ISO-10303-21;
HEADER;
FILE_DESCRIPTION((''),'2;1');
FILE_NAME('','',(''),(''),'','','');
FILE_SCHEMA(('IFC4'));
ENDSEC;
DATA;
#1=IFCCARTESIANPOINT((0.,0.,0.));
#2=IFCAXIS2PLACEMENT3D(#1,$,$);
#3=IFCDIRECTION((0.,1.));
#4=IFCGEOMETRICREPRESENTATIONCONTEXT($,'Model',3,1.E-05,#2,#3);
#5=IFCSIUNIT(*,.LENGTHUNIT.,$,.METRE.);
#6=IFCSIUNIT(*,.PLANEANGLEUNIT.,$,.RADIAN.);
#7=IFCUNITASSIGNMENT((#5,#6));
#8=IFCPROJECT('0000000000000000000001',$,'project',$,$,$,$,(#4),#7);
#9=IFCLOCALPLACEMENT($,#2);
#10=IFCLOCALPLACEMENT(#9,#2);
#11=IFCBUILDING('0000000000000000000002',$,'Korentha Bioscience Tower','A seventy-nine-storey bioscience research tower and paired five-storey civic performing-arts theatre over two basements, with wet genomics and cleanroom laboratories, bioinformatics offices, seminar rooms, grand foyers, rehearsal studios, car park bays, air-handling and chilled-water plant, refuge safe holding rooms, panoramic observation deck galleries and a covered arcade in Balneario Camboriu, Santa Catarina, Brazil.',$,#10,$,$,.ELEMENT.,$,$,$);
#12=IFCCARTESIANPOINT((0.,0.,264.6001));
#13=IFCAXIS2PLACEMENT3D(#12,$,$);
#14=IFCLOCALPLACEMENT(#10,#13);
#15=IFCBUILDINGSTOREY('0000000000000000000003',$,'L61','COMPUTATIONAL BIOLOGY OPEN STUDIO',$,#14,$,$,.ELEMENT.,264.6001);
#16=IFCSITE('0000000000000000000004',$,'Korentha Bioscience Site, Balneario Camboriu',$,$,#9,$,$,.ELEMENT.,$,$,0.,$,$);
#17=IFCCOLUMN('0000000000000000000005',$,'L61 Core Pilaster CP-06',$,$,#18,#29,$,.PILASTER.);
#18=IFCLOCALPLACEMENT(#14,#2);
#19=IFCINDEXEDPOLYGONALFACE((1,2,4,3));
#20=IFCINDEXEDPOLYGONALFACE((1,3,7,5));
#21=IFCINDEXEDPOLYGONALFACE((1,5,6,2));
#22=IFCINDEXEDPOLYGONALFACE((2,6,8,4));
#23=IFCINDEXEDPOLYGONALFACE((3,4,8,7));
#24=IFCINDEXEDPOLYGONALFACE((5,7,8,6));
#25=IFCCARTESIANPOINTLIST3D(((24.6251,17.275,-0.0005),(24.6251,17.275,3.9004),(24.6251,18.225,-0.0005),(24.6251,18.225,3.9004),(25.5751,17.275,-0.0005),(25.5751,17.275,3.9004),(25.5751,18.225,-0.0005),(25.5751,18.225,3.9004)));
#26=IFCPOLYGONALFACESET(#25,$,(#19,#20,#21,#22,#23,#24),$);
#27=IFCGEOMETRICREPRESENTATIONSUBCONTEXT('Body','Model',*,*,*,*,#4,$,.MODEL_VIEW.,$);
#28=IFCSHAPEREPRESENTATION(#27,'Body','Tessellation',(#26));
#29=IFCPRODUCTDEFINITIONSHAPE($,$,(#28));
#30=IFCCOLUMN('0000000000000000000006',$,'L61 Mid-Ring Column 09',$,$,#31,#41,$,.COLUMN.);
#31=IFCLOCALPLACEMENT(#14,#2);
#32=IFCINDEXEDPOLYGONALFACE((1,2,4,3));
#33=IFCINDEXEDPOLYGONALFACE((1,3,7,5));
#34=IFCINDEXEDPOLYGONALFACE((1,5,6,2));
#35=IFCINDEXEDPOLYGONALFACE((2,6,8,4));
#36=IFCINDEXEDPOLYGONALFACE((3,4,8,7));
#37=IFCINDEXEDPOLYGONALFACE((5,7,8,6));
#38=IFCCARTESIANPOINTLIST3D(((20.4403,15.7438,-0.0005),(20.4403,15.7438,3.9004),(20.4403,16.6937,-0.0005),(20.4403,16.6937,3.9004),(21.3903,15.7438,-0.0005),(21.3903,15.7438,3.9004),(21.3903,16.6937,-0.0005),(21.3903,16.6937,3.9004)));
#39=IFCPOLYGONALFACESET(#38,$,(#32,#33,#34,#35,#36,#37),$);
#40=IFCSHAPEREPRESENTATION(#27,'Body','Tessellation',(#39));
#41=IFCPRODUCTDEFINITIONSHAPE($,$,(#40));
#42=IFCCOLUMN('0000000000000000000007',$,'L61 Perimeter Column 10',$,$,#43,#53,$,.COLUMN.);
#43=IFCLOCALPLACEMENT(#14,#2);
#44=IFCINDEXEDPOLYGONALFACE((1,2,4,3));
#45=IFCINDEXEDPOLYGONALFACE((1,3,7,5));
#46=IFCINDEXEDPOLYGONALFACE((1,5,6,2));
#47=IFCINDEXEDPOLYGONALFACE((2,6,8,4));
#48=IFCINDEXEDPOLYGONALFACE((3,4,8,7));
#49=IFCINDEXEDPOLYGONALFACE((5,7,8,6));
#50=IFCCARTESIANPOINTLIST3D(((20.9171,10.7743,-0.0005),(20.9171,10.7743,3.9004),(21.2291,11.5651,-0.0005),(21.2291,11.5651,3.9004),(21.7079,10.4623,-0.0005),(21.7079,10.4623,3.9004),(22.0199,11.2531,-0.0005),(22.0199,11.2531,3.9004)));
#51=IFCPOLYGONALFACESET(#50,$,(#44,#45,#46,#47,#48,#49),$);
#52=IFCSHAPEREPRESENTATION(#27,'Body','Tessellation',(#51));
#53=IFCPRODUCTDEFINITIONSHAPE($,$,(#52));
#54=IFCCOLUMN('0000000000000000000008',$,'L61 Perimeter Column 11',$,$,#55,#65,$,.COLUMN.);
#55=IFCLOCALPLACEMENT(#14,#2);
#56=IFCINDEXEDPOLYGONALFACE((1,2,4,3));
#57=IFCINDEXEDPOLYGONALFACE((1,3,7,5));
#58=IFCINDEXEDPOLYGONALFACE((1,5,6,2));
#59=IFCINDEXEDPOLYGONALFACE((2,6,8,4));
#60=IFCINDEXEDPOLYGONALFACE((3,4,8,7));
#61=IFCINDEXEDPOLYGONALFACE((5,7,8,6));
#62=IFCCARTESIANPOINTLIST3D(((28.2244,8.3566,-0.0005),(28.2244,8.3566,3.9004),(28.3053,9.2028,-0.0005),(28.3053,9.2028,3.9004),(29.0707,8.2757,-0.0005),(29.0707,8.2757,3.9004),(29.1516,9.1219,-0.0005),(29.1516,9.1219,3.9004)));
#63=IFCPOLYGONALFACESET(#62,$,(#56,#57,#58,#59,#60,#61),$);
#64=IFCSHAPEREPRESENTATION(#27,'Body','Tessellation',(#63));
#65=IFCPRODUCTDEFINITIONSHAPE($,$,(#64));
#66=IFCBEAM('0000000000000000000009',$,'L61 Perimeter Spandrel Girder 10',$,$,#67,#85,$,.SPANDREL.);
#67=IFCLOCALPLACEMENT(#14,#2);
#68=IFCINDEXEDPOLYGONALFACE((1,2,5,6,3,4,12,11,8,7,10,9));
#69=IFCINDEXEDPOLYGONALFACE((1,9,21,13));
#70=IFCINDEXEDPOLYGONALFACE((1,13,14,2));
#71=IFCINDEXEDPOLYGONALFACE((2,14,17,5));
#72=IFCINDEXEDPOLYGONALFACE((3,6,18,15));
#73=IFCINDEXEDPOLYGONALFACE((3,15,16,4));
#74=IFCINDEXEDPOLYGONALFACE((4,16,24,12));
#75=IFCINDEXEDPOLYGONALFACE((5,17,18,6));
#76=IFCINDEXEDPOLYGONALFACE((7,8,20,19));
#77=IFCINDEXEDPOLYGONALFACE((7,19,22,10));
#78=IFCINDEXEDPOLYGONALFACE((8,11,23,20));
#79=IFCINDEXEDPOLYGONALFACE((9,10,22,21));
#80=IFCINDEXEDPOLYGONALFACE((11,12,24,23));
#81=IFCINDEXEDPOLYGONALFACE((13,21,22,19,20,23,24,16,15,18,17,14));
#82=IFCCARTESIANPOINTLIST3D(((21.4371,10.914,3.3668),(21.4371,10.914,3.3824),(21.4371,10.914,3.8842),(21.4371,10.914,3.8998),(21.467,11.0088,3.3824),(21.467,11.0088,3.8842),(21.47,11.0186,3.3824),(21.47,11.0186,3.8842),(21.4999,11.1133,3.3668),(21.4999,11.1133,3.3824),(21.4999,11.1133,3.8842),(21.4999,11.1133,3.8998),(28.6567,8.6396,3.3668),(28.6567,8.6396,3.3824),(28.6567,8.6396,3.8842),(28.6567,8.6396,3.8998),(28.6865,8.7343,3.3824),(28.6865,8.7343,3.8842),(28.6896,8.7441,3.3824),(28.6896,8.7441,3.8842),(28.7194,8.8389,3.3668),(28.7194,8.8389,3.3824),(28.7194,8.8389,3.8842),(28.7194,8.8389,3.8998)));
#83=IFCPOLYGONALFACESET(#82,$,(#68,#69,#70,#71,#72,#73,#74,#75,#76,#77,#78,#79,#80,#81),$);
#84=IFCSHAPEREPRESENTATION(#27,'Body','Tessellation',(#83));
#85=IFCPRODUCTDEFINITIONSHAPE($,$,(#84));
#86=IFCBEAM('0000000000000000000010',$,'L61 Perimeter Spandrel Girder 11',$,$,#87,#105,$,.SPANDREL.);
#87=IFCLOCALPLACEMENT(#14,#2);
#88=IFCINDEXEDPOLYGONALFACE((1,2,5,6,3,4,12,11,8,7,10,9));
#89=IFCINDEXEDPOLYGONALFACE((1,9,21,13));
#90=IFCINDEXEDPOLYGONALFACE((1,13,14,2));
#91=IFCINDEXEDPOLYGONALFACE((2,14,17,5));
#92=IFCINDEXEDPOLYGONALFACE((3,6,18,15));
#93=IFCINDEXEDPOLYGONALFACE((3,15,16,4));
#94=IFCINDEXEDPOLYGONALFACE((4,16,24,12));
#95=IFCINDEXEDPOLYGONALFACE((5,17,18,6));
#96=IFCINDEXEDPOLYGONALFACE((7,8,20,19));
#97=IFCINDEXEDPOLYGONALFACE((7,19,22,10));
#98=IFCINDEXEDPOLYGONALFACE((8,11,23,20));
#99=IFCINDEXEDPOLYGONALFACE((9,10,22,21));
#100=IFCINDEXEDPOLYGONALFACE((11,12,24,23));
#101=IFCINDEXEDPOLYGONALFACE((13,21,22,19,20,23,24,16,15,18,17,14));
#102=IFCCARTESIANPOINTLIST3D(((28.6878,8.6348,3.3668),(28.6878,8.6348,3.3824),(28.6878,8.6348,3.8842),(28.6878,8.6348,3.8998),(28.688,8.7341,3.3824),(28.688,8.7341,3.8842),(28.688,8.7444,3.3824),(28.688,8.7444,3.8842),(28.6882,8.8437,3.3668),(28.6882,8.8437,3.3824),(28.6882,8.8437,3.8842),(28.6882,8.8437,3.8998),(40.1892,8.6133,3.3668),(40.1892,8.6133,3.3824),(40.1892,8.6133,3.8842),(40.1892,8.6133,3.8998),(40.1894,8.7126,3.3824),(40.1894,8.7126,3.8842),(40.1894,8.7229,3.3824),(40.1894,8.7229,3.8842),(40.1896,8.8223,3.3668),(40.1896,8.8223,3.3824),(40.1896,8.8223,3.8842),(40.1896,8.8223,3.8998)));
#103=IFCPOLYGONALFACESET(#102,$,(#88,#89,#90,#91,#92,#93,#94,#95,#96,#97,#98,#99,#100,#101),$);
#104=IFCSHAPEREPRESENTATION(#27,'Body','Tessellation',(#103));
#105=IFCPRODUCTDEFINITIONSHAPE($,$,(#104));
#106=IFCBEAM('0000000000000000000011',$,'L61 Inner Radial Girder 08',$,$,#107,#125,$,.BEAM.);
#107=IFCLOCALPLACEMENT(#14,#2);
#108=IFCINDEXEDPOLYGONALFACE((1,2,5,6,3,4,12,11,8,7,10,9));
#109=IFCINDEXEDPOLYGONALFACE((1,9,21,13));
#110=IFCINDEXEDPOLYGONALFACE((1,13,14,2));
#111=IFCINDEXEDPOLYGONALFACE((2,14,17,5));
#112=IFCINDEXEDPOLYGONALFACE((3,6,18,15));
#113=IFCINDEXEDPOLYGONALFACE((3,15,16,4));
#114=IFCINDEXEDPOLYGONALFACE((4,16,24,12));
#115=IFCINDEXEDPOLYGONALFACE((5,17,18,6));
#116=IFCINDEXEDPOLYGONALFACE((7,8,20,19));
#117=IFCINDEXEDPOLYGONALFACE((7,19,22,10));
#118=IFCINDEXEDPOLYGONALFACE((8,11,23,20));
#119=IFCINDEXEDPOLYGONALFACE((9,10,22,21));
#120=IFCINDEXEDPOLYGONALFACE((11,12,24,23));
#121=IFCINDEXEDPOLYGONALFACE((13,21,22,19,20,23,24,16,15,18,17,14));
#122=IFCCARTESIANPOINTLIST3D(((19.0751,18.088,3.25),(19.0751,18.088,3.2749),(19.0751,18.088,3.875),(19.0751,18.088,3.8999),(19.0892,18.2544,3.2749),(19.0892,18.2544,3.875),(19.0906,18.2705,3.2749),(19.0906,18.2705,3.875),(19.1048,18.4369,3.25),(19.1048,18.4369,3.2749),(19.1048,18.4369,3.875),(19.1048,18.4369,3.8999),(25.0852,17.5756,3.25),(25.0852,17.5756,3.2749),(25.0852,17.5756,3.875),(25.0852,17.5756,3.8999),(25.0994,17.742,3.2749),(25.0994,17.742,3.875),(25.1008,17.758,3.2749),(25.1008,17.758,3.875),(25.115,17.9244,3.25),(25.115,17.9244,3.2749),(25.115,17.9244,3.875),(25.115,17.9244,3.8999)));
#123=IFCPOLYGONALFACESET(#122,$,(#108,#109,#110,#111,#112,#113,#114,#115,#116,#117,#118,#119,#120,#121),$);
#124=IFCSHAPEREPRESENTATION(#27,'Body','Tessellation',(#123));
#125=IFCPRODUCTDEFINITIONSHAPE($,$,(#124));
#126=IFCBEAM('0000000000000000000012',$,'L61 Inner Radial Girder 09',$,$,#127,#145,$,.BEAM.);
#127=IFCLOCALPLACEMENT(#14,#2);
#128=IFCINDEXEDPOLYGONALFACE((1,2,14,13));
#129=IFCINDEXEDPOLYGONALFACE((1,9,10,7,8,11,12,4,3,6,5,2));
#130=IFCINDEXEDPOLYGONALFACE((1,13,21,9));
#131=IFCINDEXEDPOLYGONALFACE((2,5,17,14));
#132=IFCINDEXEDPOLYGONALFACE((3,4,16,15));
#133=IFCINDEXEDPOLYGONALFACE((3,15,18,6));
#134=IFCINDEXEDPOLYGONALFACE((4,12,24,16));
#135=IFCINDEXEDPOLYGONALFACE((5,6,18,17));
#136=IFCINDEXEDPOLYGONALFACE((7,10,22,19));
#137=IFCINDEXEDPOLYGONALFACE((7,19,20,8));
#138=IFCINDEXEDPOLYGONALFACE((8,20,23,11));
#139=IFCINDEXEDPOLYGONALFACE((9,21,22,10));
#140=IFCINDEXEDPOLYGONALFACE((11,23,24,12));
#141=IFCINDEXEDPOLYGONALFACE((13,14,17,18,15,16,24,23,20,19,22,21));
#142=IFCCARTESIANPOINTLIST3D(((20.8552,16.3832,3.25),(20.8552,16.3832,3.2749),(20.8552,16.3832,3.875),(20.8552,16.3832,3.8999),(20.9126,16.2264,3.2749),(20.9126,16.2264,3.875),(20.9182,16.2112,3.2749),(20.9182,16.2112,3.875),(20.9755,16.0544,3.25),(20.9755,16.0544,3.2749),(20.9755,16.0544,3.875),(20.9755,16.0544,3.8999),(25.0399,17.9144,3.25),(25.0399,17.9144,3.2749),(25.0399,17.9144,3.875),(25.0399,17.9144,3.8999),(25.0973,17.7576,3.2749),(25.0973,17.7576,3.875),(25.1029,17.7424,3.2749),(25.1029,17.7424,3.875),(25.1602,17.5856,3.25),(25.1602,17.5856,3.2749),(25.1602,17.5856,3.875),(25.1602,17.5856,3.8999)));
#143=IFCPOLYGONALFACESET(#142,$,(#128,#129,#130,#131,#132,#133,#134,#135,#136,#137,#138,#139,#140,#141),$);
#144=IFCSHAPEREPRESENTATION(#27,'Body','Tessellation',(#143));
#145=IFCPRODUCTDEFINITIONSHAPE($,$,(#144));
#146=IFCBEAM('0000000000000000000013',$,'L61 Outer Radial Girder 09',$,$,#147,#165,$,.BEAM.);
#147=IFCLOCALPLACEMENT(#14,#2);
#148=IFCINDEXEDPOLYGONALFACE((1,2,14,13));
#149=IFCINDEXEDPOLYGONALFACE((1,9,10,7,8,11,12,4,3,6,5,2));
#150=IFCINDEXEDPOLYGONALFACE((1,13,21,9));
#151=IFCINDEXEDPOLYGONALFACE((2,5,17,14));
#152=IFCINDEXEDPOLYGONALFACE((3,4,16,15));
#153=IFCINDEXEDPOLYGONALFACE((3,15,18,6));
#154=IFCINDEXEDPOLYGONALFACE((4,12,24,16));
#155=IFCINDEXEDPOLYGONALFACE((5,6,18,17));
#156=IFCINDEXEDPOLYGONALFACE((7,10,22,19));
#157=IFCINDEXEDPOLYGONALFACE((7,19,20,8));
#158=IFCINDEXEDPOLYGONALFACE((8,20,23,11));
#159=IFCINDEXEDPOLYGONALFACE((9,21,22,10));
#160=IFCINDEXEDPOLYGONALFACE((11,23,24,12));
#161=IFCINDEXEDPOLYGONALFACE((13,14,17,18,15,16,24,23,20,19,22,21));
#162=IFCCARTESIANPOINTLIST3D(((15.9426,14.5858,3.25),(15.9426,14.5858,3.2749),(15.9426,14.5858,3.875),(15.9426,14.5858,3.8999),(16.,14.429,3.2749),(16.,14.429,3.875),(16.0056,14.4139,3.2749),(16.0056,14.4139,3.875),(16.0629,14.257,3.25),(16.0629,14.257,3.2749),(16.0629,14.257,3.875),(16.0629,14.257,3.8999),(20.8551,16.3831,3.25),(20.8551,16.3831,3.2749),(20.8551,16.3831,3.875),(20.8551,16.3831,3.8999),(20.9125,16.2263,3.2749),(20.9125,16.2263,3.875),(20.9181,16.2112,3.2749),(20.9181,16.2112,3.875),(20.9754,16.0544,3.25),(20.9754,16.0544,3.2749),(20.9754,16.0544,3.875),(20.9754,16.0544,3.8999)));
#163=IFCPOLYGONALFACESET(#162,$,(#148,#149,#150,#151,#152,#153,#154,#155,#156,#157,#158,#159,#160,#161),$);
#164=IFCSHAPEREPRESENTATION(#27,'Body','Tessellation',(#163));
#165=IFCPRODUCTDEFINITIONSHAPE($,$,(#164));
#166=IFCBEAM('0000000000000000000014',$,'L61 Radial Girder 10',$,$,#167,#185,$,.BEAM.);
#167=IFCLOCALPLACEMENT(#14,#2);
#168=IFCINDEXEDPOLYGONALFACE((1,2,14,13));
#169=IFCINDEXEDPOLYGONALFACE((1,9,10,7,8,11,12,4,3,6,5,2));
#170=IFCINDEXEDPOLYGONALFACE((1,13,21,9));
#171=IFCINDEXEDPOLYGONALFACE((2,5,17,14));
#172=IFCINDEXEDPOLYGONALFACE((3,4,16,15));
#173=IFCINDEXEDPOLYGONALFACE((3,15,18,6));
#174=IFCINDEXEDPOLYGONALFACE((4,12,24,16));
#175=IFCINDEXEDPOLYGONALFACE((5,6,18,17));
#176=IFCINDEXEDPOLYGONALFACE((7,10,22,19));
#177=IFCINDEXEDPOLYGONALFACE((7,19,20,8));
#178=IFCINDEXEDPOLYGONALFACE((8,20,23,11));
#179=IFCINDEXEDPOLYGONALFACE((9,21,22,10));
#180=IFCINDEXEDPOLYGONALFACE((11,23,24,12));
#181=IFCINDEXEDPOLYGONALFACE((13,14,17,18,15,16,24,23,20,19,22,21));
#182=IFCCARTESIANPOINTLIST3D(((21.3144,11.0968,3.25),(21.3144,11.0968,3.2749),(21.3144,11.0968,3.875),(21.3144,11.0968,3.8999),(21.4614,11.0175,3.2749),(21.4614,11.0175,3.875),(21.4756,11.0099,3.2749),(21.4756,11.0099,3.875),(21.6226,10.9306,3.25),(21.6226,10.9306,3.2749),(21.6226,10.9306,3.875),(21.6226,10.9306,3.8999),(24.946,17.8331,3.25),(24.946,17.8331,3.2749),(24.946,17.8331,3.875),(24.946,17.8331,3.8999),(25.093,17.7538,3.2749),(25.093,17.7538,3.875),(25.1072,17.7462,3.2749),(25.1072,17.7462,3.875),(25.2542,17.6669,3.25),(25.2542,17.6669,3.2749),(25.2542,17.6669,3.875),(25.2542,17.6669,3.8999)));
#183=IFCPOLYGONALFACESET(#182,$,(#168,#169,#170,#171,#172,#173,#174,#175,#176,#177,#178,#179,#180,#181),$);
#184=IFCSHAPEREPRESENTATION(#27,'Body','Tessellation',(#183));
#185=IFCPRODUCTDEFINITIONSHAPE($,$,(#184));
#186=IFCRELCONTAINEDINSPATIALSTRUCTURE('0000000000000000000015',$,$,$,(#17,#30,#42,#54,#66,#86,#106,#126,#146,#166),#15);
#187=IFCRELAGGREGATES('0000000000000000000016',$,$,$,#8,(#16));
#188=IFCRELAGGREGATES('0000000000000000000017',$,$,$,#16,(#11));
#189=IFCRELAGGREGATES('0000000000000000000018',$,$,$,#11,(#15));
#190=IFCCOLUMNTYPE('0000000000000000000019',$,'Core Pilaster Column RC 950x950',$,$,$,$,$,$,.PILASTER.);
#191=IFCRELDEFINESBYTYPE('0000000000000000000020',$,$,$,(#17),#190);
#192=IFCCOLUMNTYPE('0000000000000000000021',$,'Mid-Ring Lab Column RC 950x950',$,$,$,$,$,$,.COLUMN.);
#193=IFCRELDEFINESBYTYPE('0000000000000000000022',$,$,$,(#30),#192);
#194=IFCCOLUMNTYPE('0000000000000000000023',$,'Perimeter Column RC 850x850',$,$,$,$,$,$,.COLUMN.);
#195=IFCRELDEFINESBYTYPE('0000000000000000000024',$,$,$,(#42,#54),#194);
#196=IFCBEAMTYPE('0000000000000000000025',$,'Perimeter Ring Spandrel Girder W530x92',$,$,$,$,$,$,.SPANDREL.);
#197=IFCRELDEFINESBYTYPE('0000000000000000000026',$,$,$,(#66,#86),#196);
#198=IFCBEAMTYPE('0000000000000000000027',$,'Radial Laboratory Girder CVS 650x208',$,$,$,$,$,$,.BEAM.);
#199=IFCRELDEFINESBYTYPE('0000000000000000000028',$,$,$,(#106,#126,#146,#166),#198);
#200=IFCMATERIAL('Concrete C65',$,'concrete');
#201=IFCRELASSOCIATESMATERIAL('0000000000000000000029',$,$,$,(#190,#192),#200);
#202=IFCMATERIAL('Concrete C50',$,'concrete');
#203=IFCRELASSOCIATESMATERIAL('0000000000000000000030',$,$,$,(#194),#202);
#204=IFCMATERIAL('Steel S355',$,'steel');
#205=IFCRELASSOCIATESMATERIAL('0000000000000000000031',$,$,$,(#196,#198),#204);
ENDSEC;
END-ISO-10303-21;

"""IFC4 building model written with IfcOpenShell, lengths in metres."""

from ifc_helpers import new_model, si_unit, direction, frame, origin, origin_2d, place, context, subcontext, project, spatial, rectangle, i_section, extrude, material, material_profile, profile_set, type_object, element, save


model = new_model("IFC4")

# Units and contexts
model_context = context("Model", 3, precision=1e-05, world=origin(), true_north=direction((0.0, 1.0)))
body_context = subcontext(model_context, "Body", "Model", "MODEL_VIEW")
ifc_project = project(units=[si_unit("LENGTHUNIT", "METRE"), si_unit("PLANEANGLEUNIT", "RADIAN")], contexts=[model_context])

# Site, building, storey
site_placement = place(None, origin())
site = spatial("IfcSite", under=ifc_project, at=site_placement, Name="Korentha Bioscience Site, Balneario Camboriu", CompositionType="ELEMENT", RefElevation=0.0)
building_placement = place(site_placement, origin())
building = spatial("IfcBuilding", under=site, at=building_placement, Name="Korentha Bioscience Tower", Description="A seventy-nine-storey bioscience research tower and paired five-storey civic performing-arts theatre over two basements, with wet genomics and cleanroom laboratories, bioinformatics offices, seminar rooms, grand foyers, rehearsal studios, car park bays, air-handling and chilled-water plant, refuge safe holding rooms, panoramic observation deck galleries and a covered arcade in Balneario Camboriu, Santa Catarina, Brazil.", CompositionType="ELEMENT")
storey_placement = place(building_placement, frame((0.0, 0.0, 264.6001)))
storey = spatial("IfcBuildingStorey", under=building, at=storey_placement, Name="L61", Description="COMPUTATIONAL BIOLOGY OPEN STUDIO", CompositionType="ELEMENT", Elevation=264.6001)

# Columns
ifc_material_1 = material(Name="Concrete C65", Category="concrete")
ifc_material_profile_1 = material_profile(ifc_material_1, rectangle(XDim=0.95, YDim=0.95, at=origin_2d()), Name="Concrete C65")
ifc_profile_set_1 = profile_set([ifc_material_profile_1], Name="Concrete C65 (COL-CP09)")
column_type_1 = type_object("IfcColumnType", Name="Core Pilaster Column RC 950x950", PredefinedType="PILASTER", material=ifc_profile_set_1)
column_1_placement = place(storey_placement, frame((25.1001, 17.75, -0.0005), z_axis=(0.0, 0.0, 1.0), x_axis=(1.0, 0.0, 0.0)))
element("IfcColumn", 1, at=column_1_placement, inside=storey, type_object=column_type_1, Name="L61 Core Pilaster CP-06", PredefinedType="PILASTER", context=body_context, shape_type="SweptSolid", body=[
    extrude(rectangle(XDim=0.95, YDim=0.95, at=origin_2d()), origin(), (0.0, 0.0, 1.0), 3.9009),
])
ifc_material_profile_2 = material_profile(ifc_material_1, rectangle(XDim=0.95, YDim=0.95, at=origin_2d()), Name="Concrete C65")
ifc_profile_set_2 = profile_set([ifc_material_profile_2], Name="Concrete C65 (COL-MR09)")
column_type_2 = type_object("IfcColumnType", Name="Mid-Ring Lab Column RC 950x950", PredefinedType="COLUMN", material=ifc_profile_set_2)
column_2_placement = place(storey_placement, frame((20.9153, 16.2188, -0.0005), z_axis=(0.0, 0.0, 1.0), x_axis=(1.0, 0.0, 0.0)))
element("IfcColumn", 2, at=column_2_placement, inside=storey, type_object=column_type_2, Name="L61 Mid-Ring Column 09", PredefinedType="COLUMN", context=body_context, shape_type="SweptSolid", body=[
    extrude(rectangle(XDim=0.95, YDim=0.95, at=origin_2d()), origin(), (0.0, 0.0, 1.0), 3.9009),
])
ifc_material_2 = material(Name="Concrete C50", Category="concrete")
ifc_material_profile_3 = material_profile(ifc_material_2, rectangle(XDim=0.8501, YDim=0.8501, at=origin_2d()), Name="Concrete C50")
ifc_profile_set_3 = profile_set([ifc_material_profile_3], Name="Concrete C50 (COL-P08)")
column_type_3 = type_object("IfcColumnType", Name="Perimeter Column RC 850x850", PredefinedType="COLUMN", material=ifc_profile_set_3)
for number, where, z_axis, x_axis, name in (
    (3, (21.4685, 11.0137, -0.0005), (0.0, 0.0, 1.0), (-0.930226, 0.366988, 0.0), "L61 Perimeter Column 10"),
    (4, (28.688, 8.7393, -0.0005), (0.0, 0.0, 1.0), (-0.995463, 0.095151, 0.0), "L61 Perimeter Column 11"),
):
    element("IfcColumn", number, at=place(storey_placement, frame(where, z_axis=z_axis, x_axis=x_axis)), inside=storey, type_object=column_type_3, Name=name, PredefinedType="COLUMN", context=body_context, shape_type="SweptSolid", body=[
        extrude(rectangle(XDim=0.8501, YDim=0.8501, at=origin_2d()), origin(), (0.0, 0.0, 1.0), 3.9009),
    ])

# Beams
ifc_material_3 = material(Name="Steel S355", Category="steel")
ifc_material_profile_4 = material_profile(ifc_material_3, i_section(OverallWidth=0.209, OverallDepth=0.533, WebThickness=0.0103, FlangeThickness=0.0156, at=origin_2d()), Name="Steel S355")
ifc_profile_set_4 = profile_set([ifc_material_profile_4], Name="Steel S355 (SB-530)")
beam_type_1 = type_object("IfcBeamType", Name="Perimeter Ring Spandrel Girder W530x92", PredefinedType="SPANDREL", material=ifc_profile_set_4)
beam_1_placement = place(storey_placement, frame((21.4685, 11.0137, 3.6333), z_axis=(0.953788, -0.30048, 0.0), x_axis=(0.30048, 0.953788, 0.0)))
element("IfcBeam", 5, at=beam_1_placement, inside=storey, type_object=beam_type_1, Name="L61 Perimeter Spandrel Girder 10", PredefinedType="SPANDREL", context=body_context, shape_type="SweptSolid", body=[
    extrude(i_section(OverallWidth=0.209, OverallDepth=0.533, WebThickness=0.0103, FlangeThickness=0.0156, at=origin_2d()), origin(), (0.0, 0.0, 1.0), 7.5693),
])
beam_2_placement = place(storey_placement, frame((28.688, 8.7393, 3.6333), z_axis=(0.999998, -0.001868, 0.0), x_axis=(0.001868, 0.999998, 0.0)))
element("IfcBeam", 6, at=beam_2_placement, inside=storey, type_object=beam_type_1, Name="L61 Perimeter Spandrel Girder 11", PredefinedType="SPANDREL", context=body_context, shape_type="SweptSolid", body=[
    extrude(i_section(OverallWidth=0.209, OverallDepth=0.533, WebThickness=0.0103, FlangeThickness=0.0156, at=origin_2d()), origin(), (0.0, 0.0, 1.0), 11.5015),
])
ifc_material_profile_5 = material_profile(ifc_material_3, i_section(OverallWidth=0.3501, OverallDepth=0.6499, WebThickness=0.0161, FlangeThickness=0.0249, at=origin_2d()), Name="Steel S355")
ifc_profile_set_5 = profile_set([ifc_material_profile_5], Name="Steel S355 (RB-650)")
beam_type_2 = type_object("IfcBeamType", Name="Radial Laboratory Girder CVS 650x208", PredefinedType="BEAM", material=ifc_profile_set_5)
beam_3_placement = place(storey_placement, frame((25.1001, 17.75, 3.575), z_axis=(-0.996385, 0.084955, 0.0), x_axis=(-0.084955, -0.996385, 0.0)))
element("IfcBeam", 7, at=beam_3_placement, inside=storey, type_object=beam_type_2, Name="L61 Inner Radial Girder 08", PredefinedType="BEAM", context=body_context, shape_type="SweptSolid", body=[
    extrude(i_section(OverallWidth=0.3501, OverallDepth=0.6499, WebThickness=0.0161, FlangeThickness=0.0249, at=origin_2d()), origin(), (0.0, 0.0, 1.0), 6.032),
])
beam_4_placement = place(storey_placement, frame((25.1001, 17.75, 3.575), z_axis=(-0.939107, -0.343625, 0.0), x_axis=(0.343625, -0.939107, 0.0)))
element("IfcBeam", 8, at=beam_4_placement, inside=storey, type_object=beam_type_2, Name="L61 Inner Radial Girder 09", PredefinedType="BEAM", context=body_context, shape_type="SweptSolid", body=[
    extrude(i_section(OverallWidth=0.3501, OverallDepth=0.6499, WebThickness=0.0161, FlangeThickness=0.0249, at=origin_2d()), origin(), (0.0, 0.0, 1.0), 4.4561),
])
beam_5_placement = place(storey_placement, frame((20.9153, 16.2188, 3.575), z_axis=(-0.939118, -0.343594, 0.0), x_axis=(0.343594, -0.939118, 0.0)))
element("IfcBeam", 9, at=beam_5_placement, inside=storey, type_object=beam_type_2, Name="L61 Outer Radial Girder 09", PredefinedType="BEAM", context=body_context, shape_type="SweptSolid", body=[
    extrude(i_section(OverallWidth=0.3501, OverallDepth=0.6499, WebThickness=0.0161, FlangeThickness=0.0249, at=origin_2d()), origin(), (0.0, 0.0, 1.0), 5.231),
])
beam_6_placement = place(storey_placement, frame((25.1001, 17.75, 3.575), z_axis=(-0.474539, -0.880234, 0.0), x_axis=(0.880234, -0.474539, 0.0)))
element("IfcBeam", 10, at=beam_6_placement, inside=storey, type_object=beam_type_2, Name="L61 Radial Girder 10", PredefinedType="BEAM", context=body_context, shape_type="SweptSolid", body=[
    extrude(i_section(OverallWidth=0.3501, OverallDepth=0.6499, WebThickness=0.0161, FlangeThickness=0.0249, at=origin_2d()), origin(), (0.0, 0.0, 1.0), 7.6528),
])

save(model, "model.ifc")
